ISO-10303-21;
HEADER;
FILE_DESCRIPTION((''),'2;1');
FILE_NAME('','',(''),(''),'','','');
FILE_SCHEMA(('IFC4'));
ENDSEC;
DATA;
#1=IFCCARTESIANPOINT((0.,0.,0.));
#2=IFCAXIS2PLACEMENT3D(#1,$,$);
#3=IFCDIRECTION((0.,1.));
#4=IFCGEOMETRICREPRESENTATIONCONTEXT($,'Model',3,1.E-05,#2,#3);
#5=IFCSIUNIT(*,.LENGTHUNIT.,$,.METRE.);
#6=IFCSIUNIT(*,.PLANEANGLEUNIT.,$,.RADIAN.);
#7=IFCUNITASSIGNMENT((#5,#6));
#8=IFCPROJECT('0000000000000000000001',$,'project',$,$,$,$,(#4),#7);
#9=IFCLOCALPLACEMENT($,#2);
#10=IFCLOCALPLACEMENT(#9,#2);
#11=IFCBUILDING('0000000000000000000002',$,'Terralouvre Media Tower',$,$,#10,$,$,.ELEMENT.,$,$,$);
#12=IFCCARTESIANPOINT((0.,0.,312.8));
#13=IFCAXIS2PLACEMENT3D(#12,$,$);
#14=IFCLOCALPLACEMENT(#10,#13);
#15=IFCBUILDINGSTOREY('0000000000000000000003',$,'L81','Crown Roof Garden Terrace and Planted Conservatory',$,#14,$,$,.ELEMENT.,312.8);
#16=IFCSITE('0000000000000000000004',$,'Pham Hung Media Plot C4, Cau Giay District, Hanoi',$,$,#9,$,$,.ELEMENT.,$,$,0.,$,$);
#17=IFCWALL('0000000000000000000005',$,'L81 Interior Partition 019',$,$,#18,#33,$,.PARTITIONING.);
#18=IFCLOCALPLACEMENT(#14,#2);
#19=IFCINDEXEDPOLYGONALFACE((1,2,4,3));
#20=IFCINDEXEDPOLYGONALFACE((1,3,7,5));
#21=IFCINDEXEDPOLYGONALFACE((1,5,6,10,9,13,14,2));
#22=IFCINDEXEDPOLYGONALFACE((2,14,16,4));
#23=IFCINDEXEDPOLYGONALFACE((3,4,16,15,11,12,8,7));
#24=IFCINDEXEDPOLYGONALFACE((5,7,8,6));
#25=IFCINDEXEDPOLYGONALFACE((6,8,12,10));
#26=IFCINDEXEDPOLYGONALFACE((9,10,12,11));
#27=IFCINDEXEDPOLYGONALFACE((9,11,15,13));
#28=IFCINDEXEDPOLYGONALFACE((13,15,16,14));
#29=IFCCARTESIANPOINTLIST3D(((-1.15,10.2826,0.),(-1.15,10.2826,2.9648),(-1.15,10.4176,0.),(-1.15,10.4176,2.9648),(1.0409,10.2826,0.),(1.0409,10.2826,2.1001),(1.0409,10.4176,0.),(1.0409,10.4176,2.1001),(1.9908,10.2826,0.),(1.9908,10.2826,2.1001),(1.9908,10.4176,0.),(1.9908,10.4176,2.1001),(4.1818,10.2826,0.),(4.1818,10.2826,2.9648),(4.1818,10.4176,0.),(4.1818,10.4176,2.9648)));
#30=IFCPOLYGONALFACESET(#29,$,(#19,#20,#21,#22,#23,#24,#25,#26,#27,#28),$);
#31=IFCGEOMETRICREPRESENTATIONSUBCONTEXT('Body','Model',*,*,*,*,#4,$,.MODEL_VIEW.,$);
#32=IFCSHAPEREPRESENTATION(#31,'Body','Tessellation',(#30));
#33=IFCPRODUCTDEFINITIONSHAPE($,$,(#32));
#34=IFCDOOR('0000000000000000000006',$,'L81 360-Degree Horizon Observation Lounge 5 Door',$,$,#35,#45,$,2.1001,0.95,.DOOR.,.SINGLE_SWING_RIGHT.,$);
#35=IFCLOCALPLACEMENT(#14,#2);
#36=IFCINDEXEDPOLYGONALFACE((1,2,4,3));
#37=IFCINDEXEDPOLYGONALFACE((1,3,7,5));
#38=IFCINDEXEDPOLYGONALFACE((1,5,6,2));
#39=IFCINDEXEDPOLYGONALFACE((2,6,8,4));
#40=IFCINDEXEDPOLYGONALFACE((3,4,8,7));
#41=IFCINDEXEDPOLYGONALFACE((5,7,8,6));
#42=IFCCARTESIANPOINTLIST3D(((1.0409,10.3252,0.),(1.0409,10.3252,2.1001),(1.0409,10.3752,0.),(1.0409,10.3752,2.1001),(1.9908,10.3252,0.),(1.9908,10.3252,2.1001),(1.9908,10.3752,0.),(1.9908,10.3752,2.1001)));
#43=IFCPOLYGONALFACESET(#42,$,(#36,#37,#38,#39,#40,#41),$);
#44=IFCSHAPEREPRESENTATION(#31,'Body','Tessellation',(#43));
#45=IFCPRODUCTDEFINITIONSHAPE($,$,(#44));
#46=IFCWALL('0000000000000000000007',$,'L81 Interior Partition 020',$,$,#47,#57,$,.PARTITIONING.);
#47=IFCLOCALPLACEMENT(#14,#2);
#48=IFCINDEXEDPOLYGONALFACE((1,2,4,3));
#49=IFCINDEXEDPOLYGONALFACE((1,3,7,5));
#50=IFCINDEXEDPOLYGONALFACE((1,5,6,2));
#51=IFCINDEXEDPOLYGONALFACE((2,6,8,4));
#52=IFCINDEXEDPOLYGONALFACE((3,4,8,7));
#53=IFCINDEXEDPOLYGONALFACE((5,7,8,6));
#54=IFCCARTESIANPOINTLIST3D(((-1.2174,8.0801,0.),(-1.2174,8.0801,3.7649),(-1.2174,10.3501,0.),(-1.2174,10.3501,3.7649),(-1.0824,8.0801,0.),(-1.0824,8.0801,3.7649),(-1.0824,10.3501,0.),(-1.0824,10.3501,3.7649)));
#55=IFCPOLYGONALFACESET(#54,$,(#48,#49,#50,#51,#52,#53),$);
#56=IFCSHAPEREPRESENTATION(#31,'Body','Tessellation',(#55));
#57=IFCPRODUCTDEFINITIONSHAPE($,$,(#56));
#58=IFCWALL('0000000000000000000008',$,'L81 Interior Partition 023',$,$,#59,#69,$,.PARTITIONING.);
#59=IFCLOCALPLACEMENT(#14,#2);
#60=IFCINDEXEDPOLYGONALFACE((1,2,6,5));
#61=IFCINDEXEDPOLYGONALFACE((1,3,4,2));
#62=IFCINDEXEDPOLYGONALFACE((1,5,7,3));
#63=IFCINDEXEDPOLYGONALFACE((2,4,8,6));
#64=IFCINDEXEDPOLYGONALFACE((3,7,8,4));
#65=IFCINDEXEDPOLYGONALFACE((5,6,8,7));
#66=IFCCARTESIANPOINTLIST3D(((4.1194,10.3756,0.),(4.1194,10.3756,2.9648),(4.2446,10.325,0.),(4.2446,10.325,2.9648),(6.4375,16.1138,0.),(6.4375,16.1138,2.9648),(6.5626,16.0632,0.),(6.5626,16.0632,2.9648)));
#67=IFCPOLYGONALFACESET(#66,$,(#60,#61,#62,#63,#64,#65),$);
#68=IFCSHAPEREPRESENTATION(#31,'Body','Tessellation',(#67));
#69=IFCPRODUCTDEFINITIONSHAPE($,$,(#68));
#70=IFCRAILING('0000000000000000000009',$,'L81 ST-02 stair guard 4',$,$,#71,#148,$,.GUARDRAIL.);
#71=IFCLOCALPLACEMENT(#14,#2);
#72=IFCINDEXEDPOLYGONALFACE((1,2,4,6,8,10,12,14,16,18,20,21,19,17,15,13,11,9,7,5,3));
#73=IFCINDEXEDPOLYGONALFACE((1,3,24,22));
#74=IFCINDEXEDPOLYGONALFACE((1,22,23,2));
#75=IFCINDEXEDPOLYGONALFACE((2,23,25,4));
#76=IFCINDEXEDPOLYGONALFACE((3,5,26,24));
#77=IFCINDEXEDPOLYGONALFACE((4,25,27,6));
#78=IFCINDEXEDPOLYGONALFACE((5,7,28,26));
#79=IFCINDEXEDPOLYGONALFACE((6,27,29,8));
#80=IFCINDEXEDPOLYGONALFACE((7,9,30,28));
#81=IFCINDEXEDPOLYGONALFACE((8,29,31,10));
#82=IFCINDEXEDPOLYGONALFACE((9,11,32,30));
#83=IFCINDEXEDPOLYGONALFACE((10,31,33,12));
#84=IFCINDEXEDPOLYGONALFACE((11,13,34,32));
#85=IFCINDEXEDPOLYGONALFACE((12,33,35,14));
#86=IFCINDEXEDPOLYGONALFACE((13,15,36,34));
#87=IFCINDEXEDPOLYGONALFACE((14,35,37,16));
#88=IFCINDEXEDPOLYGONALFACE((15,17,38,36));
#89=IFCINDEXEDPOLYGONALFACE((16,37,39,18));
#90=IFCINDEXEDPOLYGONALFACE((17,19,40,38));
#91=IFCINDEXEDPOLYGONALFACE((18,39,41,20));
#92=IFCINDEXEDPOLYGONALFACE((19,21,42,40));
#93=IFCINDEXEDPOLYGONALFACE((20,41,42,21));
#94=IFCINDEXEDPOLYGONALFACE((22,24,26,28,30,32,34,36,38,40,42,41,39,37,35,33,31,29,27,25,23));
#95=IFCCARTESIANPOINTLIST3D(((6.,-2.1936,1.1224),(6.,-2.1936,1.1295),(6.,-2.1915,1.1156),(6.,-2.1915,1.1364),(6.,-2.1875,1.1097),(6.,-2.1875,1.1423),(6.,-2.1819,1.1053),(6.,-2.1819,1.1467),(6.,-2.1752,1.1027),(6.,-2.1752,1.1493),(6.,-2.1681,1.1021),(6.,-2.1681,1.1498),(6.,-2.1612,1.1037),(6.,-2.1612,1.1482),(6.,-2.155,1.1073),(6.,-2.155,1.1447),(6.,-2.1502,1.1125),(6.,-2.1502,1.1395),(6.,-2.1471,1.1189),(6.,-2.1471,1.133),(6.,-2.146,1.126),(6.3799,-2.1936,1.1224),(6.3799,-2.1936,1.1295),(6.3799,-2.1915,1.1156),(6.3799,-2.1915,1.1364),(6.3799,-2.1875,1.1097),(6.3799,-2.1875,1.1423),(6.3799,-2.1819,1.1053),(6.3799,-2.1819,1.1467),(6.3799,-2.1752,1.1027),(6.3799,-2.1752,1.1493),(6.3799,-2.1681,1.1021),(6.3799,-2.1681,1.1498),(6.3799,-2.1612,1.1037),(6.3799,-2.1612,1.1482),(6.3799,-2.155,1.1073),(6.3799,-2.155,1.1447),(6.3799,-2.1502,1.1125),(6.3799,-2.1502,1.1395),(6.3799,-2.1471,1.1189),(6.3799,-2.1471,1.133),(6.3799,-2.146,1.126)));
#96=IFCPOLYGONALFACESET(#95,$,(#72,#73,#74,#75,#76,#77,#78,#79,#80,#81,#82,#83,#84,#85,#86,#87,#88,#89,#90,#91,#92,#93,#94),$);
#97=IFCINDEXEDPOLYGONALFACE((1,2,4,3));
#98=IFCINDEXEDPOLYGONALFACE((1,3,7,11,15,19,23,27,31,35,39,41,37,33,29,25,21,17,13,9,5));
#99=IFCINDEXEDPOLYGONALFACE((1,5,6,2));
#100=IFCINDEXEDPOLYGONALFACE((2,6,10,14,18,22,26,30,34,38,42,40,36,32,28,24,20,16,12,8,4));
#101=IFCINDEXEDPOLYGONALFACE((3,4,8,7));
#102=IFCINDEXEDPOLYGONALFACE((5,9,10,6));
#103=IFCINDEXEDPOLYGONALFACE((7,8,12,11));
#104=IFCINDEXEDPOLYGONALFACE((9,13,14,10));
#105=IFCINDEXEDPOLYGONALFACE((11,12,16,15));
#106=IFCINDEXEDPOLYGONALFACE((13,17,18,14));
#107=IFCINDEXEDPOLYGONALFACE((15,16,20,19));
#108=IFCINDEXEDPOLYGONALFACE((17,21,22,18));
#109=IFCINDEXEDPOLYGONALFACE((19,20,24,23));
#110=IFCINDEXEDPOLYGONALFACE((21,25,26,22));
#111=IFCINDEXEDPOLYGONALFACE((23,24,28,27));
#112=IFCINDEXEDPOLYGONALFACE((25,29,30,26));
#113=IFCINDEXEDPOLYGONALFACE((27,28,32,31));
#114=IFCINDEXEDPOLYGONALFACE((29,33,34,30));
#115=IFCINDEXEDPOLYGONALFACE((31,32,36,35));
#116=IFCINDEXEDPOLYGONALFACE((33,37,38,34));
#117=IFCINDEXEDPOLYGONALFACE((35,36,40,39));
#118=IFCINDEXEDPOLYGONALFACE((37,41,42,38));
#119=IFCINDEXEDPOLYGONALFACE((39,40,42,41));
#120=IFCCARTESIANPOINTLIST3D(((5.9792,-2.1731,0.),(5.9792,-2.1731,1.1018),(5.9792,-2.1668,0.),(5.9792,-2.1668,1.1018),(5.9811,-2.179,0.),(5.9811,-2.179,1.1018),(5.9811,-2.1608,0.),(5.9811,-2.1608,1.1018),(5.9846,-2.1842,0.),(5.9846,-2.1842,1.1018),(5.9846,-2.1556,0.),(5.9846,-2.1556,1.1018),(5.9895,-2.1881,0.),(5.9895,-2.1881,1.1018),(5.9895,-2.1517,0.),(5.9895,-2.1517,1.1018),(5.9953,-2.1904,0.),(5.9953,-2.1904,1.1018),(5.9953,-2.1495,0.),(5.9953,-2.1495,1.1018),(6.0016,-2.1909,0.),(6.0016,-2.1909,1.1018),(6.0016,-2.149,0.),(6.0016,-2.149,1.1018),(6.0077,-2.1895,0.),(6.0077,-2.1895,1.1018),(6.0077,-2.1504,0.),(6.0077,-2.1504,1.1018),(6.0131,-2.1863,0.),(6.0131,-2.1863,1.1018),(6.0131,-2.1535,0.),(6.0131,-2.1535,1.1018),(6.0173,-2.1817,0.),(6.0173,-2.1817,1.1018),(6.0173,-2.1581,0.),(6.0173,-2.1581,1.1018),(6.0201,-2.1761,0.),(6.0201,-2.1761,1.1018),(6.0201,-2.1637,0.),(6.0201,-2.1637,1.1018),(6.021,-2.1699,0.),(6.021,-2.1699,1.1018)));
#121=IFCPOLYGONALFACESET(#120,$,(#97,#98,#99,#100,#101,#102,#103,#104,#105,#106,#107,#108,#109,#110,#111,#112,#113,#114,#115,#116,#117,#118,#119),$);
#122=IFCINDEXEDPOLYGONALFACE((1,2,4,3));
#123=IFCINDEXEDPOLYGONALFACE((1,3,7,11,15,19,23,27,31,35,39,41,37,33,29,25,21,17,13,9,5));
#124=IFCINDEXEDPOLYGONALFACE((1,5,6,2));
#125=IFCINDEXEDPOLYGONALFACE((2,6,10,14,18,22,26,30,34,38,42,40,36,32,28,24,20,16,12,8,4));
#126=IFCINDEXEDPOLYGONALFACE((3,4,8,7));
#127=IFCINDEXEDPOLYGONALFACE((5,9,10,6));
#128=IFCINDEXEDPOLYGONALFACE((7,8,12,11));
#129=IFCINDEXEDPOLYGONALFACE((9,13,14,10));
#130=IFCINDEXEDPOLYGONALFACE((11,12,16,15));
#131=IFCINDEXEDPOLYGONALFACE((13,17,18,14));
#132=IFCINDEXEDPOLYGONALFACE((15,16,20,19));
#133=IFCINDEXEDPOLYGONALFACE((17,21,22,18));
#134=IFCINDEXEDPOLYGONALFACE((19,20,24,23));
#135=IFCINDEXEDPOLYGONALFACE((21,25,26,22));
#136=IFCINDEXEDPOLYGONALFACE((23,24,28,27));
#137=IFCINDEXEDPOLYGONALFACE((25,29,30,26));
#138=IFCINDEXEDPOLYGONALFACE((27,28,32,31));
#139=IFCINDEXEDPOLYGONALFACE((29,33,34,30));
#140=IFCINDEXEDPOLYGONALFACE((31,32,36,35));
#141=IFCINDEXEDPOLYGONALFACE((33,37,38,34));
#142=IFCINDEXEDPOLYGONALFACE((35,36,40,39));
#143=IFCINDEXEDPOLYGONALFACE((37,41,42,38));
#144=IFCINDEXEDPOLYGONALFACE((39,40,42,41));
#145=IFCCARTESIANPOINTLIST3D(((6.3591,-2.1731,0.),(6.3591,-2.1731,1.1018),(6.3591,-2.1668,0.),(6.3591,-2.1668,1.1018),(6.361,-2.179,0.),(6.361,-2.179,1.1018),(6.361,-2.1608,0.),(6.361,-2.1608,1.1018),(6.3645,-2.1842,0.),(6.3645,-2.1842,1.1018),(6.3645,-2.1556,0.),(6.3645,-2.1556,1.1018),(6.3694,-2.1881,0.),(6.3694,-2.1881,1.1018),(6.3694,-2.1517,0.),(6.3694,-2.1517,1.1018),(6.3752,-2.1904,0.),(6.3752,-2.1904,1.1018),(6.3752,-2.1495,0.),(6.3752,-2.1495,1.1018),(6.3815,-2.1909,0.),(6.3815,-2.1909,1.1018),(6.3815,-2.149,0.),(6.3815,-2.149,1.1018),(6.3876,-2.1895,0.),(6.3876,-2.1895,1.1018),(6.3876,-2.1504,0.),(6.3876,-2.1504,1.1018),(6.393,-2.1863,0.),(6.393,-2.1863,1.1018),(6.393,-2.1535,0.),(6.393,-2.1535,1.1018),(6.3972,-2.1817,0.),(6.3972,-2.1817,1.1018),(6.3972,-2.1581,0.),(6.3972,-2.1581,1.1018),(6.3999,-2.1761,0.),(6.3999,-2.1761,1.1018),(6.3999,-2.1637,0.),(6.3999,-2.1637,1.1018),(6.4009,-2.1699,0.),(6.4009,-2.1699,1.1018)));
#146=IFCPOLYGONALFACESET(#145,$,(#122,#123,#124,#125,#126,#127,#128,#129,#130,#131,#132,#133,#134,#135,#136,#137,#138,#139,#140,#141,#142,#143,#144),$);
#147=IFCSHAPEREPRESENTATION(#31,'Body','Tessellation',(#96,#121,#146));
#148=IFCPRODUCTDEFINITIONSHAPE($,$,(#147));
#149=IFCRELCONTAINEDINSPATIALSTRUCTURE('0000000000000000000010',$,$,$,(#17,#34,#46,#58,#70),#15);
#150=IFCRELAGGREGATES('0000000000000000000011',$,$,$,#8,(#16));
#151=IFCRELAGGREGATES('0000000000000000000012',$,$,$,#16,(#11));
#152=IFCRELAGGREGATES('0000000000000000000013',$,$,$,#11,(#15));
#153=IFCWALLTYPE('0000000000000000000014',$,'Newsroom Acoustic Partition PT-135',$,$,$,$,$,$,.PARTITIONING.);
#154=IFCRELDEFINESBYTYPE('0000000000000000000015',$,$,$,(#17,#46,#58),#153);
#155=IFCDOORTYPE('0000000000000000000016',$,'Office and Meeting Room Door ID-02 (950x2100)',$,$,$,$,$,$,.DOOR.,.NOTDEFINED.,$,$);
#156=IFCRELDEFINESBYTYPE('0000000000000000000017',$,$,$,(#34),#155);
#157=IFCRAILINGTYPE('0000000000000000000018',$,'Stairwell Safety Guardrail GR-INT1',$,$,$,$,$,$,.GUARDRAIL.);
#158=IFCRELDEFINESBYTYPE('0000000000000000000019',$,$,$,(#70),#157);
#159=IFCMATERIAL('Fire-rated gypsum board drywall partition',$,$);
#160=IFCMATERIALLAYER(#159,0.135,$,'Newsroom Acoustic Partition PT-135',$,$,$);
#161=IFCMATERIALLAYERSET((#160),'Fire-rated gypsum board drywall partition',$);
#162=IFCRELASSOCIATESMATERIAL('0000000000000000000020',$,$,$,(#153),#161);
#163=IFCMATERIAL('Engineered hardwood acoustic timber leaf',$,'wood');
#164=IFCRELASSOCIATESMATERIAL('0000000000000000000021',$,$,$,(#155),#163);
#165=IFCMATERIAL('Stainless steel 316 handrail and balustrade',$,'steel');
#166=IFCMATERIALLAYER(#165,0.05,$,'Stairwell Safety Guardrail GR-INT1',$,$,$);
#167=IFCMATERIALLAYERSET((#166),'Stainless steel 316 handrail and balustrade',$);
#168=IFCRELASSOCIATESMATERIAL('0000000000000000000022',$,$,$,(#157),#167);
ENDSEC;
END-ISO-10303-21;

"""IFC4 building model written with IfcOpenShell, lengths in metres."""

from ifc_helpers import new_model, si_unit, direction, frame, frame_2d, origin, origin_2d, place, context, subcontext, project, spatial, rectangle, circle, extrude, material, layer, layer_set, type_object, element, fill, save


model = new_model("IFC4")

# Units and contexts
model_context = context("Model", 3, precision=1e-05, world=origin(), true_north=direction((0.0, 1.0)))
body_context = subcontext(model_context, "Body", "Model", "MODEL_VIEW")
ifc_project = project(units=[si_unit("LENGTHUNIT", "METRE"), si_unit("PLANEANGLEUNIT", "RADIAN")], contexts=[model_context])

# Site, building, storey
site_placement = place(None, origin())
site = spatial("IfcSite", under=ifc_project, at=site_placement, Name="Pham Hung Media Plot C4, Cau Giay District, Hanoi", CompositionType="ELEMENT", RefElevation=0.0)
building_placement = place(site_placement, origin())
building = spatial("IfcBuilding", under=site, at=building_placement, Name="Terralouvre Media Tower", CompositionType="ELEMENT")
storey_placement = place(building_placement, frame((0.0, 0.0, 312.8)))
storey = spatial("IfcBuildingStorey", under=building, at=storey_placement, Name="L81", Description="Crown Roof Garden Terrace and Planted Conservatory", CompositionType="ELEMENT", Elevation=312.8)

# Shared definitions
ifc_material_1 = material(Name="Fire-rated gypsum board drywall partition")
ifc_layer_1 = layer(ifc_material_1, 0.135, Name="Newsroom Acoustic Partition PT-135")
ifc_layer_set_1 = layer_set([ifc_layer_1], Name="Fire-rated gypsum board drywall partition")
wall_type_1 = type_object("IfcWallType", Name="Newsroom Acoustic Partition PT-135", PredefinedType="PARTITIONING", material=ifc_layer_set_1)

# Wall, opening, door
wall_1_placement = place(storey_placement, frame((4.1819, 10.3501, 0.0), z_axis=(0.0, 0.0, 1.0), x_axis=(-1.0, 0.0, 0.0)))
wall_1 = element("IfcWall", 1, at=wall_1_placement, inside=storey, type_object=wall_type_1, Name="L81 Interior Partition 019", PredefinedType="PARTITIONING", context=body_context, shape_type="SweptSolid", body=[
    extrude(rectangle(XDim=5.3318, YDim=0.135, at=frame_2d((2.666, 0.0))), origin(), (0.0, 0.0, 1.0), 2.9648),
])
opening_1_placement = place(wall_1_placement, frame((2.1909, 0.0, 0.0)))
opening_1 = element("IfcOpeningElement", 2, at=opening_1_placement, cuts=wall_1, PredefinedType="OPENING", context=body_context, shape_type="SweptSolid", body=[
    extrude(rectangle(XDim=0.95, YDim=2.1001, at=frame_2d((0.4751, 1.05))), frame((0.0, 0.0774, 0.0), z_axis=(0.0, -1.0, 0.0), x_axis=(1.0, 0.0, 0.0)), (0.0, 0.0, 1.0), 0.155),
])
ifc_material_2 = material(Name="Engineered hardwood acoustic timber leaf", Category="wood")
door_type_1 = type_object("IfcDoorType", Name="Office and Meeting Room Door ID-02 (950x2100)", OperationType="NOTDEFINED", PredefinedType="DOOR", material=ifc_material_2)
door_1_placement = place(opening_1_placement, origin())
door_1 = element("IfcDoor", 3, at=door_1_placement, inside=storey, type_object=door_type_1, Name="L81 360-Degree Horizon Observation Lounge 5 Door", OperationType="SINGLE_SWING_RIGHT", OverallHeight=2.1001, OverallWidth=0.95, PredefinedType="DOOR", context=body_context, shape_type="SweptSolid", body=[
    extrude(rectangle(XDim=0.95, YDim=2.1001, at=frame_2d((0.4751, 1.05))), frame((0.0, 0.0249, 0.0), z_axis=(0.0, -1.0, 0.0), x_axis=(1.0, 0.0, 0.0)), (0.0, 0.0, 1.0), 0.05),
])
fill(opening_1, door_1)

# Walls
wall_2_placement = place(storey_placement, frame((-1.1499, 10.3501, 0.0), z_axis=(0.0, 0.0, 1.0), x_axis=(0.0, -1.0, 0.0)))
element("IfcWall", 4, at=wall_2_placement, inside=storey, type_object=wall_type_1, Name="L81 Interior Partition 020", PredefinedType="PARTITIONING", context=body_context, shape_type="SweptSolid", body=[
    extrude(rectangle(XDim=2.27, YDim=0.135, at=frame_2d((1.135, 0.0))), origin(), (0.0, 0.0, 1.0), 3.7649),
])
wall_3_placement = place(storey_placement, frame((6.5, 16.0884, 0.0), z_axis=(0.0, 0.0, 1.0), x_axis=(-0.374565, -0.927201, 0.0)))
element("IfcWall", 5, at=wall_3_placement, inside=storey, type_object=wall_type_1, Name="L81 Interior Partition 023", PredefinedType="PARTITIONING", context=body_context, shape_type="SweptSolid", body=[
    extrude(rectangle(XDim=6.1887, YDim=0.135, at=frame_2d((3.0942, 0.0))), origin(), (0.0, 0.0, 1.0), 2.9648),
])

# Railing
ifc_material_3 = material(Name="Stainless steel 316 handrail and balustrade", Category="steel")
ifc_layer_2 = layer(ifc_material_3, 0.05, Name="Stairwell Safety Guardrail GR-INT1")
ifc_layer_set_2 = layer_set([ifc_layer_2], Name="Stainless steel 316 handrail and balustrade")
railing_type = type_object("IfcRailingType", Name="Stairwell Safety Guardrail GR-INT1", PredefinedType="GUARDRAIL", material=ifc_layer_set_2)
railing_placement = place(storey_placement, frame((6.0, -2.1699, 0.0)))
element("IfcRailing", 6, at=railing_placement, inside=storey, type_object=railing_type, Name="L81 ST-02 stair guard 4", PredefinedType="GUARDRAIL", context=body_context, shape_type="SweptSolid", body=[
    extrude(circle(Radius=0.0239, at=origin_2d()), frame((0.0, 0.0, 1.126), z_axis=(1.0, 0.0, 0.0), x_axis=(0.0, 1.0, 0.0)), (0.0, 0.0, 1.0), 0.3799),
    extrude(circle(Radius=0.021, at=origin_2d()), origin(), (0.0, 0.0, 1.0), 1.1018),
    extrude(circle(Radius=0.021, at=origin_2d()), frame((0.3799, 0.0, 0.0)), (0.0, 0.0, 1.0), 1.1018),
])

save(model, "model.ifc")
